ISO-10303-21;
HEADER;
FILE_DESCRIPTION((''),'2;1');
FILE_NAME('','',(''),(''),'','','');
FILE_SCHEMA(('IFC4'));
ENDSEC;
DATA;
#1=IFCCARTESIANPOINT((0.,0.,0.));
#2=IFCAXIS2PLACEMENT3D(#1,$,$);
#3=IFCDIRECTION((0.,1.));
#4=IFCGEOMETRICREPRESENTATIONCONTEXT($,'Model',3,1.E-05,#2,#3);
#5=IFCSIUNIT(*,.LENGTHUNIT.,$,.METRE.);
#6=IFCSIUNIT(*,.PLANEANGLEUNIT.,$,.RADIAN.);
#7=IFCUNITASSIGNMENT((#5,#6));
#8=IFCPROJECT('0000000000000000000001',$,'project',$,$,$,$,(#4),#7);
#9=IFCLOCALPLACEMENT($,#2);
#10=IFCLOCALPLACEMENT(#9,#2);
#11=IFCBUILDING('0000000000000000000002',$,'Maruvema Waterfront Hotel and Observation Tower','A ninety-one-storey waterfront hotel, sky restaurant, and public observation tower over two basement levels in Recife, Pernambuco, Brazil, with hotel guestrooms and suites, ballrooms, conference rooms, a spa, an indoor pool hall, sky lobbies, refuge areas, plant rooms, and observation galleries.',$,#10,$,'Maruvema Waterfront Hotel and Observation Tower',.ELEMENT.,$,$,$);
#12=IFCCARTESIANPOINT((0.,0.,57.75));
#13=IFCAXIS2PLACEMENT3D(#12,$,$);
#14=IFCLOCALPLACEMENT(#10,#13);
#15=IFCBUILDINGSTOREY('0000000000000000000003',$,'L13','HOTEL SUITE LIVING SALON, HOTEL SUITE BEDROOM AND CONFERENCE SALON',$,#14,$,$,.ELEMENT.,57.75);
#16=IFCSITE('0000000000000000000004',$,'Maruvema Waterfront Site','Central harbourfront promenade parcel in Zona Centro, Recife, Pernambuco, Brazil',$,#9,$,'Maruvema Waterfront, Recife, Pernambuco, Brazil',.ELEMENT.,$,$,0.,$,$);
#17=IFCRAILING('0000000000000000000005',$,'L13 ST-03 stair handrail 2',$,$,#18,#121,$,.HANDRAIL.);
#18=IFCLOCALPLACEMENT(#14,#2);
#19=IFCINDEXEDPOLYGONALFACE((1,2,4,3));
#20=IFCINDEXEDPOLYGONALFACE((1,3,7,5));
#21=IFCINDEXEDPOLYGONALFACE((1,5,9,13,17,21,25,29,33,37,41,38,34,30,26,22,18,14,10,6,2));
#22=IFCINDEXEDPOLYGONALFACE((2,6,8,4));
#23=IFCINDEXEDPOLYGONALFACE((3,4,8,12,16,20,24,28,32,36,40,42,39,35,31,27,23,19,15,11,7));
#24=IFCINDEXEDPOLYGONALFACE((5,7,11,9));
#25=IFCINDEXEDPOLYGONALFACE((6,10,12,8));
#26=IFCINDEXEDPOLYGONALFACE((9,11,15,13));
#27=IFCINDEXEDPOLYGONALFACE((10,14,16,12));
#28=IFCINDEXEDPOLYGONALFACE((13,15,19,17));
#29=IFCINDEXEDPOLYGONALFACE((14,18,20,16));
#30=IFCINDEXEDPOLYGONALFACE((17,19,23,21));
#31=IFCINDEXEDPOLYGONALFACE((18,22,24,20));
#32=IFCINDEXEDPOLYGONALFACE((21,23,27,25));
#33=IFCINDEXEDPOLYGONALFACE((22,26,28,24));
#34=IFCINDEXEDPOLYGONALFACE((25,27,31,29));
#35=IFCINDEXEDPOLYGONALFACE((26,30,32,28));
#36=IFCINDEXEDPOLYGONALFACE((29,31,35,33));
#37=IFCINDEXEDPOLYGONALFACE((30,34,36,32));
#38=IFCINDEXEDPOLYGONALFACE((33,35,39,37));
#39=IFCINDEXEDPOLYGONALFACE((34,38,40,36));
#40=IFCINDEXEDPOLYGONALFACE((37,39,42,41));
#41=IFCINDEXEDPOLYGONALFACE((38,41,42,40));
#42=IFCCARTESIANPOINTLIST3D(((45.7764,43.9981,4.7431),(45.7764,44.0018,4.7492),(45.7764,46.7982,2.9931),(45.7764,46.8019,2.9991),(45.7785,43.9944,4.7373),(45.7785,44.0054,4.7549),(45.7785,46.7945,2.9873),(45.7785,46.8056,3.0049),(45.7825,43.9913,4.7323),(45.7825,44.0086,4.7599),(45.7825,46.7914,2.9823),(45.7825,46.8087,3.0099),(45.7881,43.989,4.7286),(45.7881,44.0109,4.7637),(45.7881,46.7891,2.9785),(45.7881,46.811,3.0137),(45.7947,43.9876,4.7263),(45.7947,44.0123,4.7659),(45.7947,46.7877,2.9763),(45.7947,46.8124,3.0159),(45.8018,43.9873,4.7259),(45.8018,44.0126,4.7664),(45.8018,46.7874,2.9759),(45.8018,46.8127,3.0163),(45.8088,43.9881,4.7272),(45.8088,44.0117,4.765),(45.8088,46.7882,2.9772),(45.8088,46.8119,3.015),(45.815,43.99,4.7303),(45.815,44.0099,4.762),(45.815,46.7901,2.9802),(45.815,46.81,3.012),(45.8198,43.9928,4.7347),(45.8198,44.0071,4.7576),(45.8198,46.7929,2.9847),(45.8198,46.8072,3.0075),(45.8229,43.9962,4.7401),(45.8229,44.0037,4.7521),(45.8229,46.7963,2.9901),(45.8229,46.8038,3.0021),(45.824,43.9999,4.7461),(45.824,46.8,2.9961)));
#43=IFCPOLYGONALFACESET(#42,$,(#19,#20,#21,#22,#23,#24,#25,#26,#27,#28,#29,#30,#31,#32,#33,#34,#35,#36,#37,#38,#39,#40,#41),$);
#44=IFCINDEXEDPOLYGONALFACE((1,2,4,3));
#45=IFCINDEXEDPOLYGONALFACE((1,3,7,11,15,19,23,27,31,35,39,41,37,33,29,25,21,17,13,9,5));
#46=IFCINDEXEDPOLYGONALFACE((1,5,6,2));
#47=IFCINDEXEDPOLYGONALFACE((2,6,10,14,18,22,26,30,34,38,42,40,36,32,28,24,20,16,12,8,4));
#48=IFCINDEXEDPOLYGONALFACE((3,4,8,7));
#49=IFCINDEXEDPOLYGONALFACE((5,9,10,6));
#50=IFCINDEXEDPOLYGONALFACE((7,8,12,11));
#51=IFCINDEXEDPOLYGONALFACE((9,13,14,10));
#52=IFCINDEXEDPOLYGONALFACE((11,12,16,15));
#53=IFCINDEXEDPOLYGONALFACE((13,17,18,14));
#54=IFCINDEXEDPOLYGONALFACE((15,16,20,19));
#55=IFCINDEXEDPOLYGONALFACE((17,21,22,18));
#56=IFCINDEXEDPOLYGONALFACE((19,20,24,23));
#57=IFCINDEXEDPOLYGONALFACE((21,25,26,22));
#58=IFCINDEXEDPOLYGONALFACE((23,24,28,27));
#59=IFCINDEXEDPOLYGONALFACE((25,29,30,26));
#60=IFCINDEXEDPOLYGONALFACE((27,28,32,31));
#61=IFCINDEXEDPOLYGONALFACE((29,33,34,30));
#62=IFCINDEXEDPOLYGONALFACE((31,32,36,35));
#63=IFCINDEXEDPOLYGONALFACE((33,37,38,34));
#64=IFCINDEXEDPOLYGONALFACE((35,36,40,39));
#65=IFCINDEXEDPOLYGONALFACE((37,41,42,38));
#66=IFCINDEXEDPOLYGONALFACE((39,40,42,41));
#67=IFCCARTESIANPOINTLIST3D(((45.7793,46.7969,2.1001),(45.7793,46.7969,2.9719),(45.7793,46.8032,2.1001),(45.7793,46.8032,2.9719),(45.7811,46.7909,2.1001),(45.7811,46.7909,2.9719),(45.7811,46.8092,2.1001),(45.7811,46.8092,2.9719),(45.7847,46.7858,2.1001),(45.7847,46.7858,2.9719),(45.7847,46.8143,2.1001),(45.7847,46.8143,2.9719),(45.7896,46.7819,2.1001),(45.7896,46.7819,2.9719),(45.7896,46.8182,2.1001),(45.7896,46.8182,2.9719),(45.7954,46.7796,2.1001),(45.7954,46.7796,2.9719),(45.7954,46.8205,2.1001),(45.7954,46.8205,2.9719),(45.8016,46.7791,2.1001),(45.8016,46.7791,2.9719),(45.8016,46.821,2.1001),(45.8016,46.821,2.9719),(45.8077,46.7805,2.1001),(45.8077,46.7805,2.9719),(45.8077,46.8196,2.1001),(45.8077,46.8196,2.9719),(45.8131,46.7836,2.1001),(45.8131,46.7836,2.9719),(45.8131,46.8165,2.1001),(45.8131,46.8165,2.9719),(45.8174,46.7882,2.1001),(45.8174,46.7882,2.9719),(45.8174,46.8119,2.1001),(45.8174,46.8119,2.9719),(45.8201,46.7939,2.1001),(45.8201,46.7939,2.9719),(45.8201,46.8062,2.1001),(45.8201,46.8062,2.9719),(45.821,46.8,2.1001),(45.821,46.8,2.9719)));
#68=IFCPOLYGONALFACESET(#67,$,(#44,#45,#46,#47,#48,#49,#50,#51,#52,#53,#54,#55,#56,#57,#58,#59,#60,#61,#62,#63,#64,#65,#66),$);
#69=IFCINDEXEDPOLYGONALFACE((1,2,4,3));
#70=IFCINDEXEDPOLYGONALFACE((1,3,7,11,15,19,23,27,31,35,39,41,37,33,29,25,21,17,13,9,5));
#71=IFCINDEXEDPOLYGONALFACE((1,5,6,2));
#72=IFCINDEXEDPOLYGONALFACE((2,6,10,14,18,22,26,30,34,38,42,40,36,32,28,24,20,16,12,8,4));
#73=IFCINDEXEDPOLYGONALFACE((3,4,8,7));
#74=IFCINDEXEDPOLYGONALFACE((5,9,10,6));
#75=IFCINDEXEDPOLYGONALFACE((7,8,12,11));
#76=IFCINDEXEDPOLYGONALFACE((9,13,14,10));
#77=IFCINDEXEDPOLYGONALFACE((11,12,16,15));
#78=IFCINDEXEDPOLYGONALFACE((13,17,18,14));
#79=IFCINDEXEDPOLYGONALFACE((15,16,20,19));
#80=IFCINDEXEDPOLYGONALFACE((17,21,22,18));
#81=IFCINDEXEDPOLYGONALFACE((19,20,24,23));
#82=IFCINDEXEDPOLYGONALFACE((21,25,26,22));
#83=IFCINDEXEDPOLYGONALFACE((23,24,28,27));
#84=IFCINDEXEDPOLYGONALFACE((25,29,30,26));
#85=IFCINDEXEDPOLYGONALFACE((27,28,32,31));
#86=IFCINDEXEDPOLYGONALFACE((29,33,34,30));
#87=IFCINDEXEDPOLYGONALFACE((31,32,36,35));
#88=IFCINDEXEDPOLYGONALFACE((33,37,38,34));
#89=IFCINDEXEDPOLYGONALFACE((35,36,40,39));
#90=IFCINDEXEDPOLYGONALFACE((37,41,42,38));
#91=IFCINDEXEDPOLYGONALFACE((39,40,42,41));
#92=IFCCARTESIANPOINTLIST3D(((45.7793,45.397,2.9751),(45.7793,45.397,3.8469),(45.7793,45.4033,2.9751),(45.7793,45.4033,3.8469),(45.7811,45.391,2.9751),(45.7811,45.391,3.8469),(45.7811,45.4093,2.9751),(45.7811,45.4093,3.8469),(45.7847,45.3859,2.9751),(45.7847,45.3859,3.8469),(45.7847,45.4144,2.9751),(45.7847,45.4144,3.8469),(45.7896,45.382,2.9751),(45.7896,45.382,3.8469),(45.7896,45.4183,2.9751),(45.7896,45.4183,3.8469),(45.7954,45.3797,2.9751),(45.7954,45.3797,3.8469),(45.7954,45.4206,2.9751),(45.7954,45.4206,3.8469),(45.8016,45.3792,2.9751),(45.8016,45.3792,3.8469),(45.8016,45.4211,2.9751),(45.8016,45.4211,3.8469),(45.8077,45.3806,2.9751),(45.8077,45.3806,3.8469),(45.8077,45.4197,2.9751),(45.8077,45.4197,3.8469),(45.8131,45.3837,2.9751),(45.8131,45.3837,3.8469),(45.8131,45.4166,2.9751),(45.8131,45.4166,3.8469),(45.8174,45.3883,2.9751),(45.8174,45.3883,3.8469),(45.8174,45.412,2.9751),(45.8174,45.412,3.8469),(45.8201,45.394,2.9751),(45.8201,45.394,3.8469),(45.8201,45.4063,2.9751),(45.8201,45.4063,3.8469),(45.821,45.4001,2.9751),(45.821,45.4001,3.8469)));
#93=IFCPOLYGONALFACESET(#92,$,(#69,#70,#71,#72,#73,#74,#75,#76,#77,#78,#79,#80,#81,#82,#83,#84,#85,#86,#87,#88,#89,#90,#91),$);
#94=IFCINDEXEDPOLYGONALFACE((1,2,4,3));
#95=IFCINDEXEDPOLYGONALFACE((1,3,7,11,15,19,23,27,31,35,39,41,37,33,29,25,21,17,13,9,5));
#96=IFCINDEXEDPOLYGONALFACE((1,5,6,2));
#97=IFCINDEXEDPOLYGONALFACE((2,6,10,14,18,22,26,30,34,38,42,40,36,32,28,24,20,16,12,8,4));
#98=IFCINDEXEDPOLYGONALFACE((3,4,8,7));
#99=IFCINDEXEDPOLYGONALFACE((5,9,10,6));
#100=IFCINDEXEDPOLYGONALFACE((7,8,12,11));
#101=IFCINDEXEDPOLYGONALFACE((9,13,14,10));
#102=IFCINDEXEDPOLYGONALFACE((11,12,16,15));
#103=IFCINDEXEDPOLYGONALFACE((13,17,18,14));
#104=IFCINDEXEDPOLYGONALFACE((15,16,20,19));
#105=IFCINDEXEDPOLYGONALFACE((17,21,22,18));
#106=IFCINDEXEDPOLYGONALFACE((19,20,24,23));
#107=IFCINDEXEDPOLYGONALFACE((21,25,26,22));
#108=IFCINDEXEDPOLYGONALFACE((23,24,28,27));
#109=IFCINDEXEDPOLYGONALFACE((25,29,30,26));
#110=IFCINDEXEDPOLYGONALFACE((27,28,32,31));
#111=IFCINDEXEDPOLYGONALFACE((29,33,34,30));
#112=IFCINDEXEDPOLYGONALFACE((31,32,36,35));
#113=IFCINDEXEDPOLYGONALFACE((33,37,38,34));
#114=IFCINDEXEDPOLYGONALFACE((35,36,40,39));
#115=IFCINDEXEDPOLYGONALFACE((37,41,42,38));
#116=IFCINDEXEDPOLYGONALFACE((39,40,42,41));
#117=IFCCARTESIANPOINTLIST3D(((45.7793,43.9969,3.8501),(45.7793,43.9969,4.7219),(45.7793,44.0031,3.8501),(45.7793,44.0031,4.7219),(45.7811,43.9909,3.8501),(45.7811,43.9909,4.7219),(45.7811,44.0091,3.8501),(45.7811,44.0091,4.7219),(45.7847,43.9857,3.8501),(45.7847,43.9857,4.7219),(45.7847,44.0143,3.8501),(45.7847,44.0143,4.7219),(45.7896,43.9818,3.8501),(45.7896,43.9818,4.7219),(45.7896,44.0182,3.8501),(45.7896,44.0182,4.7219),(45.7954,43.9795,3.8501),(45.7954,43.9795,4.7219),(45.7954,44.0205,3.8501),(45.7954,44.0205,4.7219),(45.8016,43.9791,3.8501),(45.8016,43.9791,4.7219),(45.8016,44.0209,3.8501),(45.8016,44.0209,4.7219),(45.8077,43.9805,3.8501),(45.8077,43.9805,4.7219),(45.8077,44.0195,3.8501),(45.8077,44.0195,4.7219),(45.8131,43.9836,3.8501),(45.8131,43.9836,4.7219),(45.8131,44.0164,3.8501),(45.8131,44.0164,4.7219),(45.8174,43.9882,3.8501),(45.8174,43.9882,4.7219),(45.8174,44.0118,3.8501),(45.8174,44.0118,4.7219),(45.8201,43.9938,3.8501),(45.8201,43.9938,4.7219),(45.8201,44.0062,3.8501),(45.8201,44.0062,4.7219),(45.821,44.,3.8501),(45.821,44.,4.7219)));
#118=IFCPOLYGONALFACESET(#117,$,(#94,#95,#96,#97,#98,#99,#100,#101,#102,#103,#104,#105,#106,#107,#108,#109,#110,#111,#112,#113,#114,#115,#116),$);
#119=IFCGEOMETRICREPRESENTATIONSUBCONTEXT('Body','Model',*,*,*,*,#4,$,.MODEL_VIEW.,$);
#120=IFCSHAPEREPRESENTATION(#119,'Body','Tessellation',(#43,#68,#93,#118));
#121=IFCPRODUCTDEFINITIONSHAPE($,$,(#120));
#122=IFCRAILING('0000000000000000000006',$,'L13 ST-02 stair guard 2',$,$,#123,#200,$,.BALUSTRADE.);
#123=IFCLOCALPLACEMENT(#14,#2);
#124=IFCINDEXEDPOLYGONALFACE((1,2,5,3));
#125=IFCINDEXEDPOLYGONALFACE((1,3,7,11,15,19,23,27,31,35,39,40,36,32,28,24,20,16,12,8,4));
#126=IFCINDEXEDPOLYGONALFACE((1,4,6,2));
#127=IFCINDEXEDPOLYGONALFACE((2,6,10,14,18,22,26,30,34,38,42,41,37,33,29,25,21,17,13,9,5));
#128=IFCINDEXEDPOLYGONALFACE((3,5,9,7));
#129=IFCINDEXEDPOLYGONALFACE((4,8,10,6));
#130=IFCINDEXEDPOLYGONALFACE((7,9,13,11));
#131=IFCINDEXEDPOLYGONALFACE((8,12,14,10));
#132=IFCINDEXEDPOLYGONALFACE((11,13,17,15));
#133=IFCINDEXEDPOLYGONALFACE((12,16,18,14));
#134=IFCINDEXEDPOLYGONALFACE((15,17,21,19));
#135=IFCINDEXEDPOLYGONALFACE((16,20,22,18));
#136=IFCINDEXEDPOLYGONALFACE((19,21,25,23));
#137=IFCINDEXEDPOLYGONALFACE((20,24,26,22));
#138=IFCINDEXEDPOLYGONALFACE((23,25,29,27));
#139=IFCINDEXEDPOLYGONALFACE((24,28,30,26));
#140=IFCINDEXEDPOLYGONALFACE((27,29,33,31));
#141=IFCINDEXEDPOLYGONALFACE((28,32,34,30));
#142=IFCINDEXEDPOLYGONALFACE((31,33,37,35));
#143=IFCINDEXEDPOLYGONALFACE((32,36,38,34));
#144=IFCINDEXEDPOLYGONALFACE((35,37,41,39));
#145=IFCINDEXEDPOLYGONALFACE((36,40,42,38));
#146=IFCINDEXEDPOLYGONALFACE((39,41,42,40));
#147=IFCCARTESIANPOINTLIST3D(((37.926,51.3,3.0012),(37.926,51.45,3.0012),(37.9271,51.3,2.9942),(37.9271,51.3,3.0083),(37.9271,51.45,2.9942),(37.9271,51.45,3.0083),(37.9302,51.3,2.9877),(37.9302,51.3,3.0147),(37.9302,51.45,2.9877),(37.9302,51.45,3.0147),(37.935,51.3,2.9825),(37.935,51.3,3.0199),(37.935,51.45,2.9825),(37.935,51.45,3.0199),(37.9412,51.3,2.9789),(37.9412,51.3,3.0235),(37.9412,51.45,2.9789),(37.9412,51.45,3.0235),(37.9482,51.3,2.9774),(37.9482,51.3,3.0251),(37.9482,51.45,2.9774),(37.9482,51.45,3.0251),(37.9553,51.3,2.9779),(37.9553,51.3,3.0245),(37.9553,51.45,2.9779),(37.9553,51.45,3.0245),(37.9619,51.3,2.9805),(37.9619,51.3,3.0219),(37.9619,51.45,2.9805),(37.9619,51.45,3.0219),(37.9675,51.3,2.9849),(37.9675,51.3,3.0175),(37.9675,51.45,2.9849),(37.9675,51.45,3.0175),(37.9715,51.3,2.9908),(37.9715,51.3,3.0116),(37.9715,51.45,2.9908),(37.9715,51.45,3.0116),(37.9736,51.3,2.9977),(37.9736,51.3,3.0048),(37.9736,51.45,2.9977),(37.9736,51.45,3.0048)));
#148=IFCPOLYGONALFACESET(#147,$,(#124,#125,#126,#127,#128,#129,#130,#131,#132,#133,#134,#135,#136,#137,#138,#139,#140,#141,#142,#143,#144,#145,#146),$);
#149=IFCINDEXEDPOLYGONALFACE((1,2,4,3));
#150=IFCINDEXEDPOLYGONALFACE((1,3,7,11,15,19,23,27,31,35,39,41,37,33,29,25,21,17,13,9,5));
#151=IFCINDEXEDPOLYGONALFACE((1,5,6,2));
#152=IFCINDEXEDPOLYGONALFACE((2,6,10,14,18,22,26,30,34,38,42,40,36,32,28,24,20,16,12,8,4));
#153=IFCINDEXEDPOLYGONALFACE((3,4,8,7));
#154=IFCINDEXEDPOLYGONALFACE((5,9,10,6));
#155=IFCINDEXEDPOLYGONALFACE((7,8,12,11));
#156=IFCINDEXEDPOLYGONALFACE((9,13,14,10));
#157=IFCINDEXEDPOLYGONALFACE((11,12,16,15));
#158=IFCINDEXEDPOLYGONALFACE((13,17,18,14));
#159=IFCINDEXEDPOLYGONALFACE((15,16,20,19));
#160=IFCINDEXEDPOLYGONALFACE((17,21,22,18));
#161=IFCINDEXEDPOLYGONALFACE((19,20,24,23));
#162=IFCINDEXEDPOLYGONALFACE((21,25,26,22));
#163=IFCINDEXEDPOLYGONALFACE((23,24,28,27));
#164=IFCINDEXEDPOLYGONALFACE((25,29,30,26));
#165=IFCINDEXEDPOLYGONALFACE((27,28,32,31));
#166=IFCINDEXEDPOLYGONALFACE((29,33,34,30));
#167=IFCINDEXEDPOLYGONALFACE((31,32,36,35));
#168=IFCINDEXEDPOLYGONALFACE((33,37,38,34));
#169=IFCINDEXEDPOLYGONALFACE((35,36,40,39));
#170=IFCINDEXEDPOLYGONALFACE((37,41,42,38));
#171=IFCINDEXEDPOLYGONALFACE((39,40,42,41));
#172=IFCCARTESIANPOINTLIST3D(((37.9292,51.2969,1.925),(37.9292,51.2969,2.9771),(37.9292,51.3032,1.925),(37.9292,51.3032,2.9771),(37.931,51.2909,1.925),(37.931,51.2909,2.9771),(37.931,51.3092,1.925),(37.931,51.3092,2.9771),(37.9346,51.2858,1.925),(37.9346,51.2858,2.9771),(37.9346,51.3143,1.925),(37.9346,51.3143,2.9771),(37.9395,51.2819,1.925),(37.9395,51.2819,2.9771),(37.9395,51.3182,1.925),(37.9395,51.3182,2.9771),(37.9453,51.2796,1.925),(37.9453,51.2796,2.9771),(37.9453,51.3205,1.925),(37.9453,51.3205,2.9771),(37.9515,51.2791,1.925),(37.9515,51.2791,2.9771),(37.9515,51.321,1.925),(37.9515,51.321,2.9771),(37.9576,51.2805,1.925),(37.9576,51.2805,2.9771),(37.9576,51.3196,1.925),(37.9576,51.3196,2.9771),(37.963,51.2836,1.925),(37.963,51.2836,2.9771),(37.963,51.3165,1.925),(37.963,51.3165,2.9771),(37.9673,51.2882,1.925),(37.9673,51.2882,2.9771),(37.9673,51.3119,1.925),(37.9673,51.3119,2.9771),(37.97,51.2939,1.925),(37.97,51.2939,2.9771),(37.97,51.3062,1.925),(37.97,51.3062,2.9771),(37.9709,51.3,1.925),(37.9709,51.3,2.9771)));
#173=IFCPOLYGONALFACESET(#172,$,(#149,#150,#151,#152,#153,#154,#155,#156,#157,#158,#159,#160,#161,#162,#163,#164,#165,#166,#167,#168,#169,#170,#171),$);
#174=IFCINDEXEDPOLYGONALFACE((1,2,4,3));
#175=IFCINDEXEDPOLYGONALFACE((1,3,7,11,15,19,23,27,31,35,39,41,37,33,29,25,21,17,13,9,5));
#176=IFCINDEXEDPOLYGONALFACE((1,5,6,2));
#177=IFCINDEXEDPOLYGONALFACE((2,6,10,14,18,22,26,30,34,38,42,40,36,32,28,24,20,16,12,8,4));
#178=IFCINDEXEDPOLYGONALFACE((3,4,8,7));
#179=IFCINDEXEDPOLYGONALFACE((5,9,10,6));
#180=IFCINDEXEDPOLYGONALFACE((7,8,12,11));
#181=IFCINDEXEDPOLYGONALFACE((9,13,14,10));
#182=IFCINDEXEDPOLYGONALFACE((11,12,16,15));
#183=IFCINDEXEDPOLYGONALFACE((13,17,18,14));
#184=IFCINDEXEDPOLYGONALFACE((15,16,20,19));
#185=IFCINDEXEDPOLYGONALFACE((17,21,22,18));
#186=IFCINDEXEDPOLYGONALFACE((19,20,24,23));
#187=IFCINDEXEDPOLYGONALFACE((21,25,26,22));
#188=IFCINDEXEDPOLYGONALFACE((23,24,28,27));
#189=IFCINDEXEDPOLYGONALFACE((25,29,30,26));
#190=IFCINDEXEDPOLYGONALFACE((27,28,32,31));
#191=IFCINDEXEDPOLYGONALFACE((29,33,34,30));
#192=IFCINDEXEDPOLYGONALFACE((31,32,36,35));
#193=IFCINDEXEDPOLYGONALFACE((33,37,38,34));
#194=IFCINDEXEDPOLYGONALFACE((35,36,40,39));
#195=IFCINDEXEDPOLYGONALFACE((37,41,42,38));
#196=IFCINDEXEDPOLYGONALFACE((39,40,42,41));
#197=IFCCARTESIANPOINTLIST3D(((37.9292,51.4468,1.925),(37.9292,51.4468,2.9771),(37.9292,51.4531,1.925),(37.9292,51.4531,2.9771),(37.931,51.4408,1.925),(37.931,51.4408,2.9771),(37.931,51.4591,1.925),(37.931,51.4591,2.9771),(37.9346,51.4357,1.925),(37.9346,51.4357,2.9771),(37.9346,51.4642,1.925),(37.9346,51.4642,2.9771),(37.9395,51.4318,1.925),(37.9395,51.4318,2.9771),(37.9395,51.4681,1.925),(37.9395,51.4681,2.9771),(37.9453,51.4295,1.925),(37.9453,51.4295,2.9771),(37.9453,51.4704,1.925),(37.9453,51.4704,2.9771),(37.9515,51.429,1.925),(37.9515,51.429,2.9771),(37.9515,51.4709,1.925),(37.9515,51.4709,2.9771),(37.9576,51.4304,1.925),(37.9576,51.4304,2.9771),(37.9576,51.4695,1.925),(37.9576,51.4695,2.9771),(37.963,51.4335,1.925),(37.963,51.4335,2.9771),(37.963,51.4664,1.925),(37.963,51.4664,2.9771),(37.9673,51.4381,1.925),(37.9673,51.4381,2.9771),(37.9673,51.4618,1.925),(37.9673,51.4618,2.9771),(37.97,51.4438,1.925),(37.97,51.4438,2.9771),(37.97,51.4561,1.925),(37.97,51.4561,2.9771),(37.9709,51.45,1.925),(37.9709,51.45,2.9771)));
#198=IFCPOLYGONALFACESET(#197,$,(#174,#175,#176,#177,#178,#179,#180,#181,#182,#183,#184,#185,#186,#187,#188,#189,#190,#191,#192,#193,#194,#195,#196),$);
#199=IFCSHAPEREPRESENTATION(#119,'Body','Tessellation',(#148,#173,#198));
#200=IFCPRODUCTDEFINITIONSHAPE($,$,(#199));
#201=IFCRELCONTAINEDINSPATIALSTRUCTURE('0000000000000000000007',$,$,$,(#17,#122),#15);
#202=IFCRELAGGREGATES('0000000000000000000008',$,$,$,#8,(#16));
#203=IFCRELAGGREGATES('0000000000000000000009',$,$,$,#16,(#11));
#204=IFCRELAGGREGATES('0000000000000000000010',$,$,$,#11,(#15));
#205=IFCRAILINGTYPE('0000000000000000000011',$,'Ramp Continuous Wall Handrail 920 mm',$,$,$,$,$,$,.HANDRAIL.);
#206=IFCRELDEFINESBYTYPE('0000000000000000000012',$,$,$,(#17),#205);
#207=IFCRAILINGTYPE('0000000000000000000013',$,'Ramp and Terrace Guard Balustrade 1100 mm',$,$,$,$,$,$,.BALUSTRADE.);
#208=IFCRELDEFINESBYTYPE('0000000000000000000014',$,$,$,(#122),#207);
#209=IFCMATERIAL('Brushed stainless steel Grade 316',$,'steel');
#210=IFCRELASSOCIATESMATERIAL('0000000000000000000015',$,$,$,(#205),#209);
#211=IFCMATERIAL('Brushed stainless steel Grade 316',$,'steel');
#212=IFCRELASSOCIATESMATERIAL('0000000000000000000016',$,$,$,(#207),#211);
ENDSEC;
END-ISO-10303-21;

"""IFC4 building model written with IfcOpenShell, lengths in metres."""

from ifc_helpers import new_model, si_unit, direction, frame, origin, origin_2d, place, context, subcontext, project, spatial, circle, extrude, material, type_object, element, save


model = new_model("IFC4")

# Units and contexts
model_context = context("Model", 3, precision=1e-05, world=origin(), true_north=direction((0.0, 1.0)))
body_context = subcontext(model_context, "Body", "Model", "MODEL_VIEW")
ifc_project = project(units=[si_unit("LENGTHUNIT", "METRE"), si_unit("PLANEANGLEUNIT", "RADIAN")], contexts=[model_context])

# Site, building, storey
site_placement = place(None, origin())
site = spatial("IfcSite", under=ifc_project, at=site_placement, Name="Maruvema Waterfront Site", Description="Central harbourfront promenade parcel in Zona Centro, Recife, Pernambuco, Brazil", LongName="Maruvema Waterfront, Recife, Pernambuco, Brazil", CompositionType="ELEMENT", RefElevation=0.0)
building_placement = place(site_placement, origin())
building = spatial("IfcBuilding", under=site, at=building_placement, Name="Maruvema Waterfront Hotel and Observation Tower", Description="A ninety-one-storey waterfront hotel, sky restaurant, and public observation tower over two basement levels in Recife, Pernambuco, Brazil, with hotel guestrooms and suites, ballrooms, conference rooms, a spa, an indoor pool hall, sky lobbies, refuge areas, plant rooms, and observation galleries.", LongName="Maruvema Waterfront Hotel and Observation Tower", CompositionType="ELEMENT")
storey_placement = place(building_placement, frame((0.0, 0.0, 57.75)))
storey = spatial("IfcBuildingStorey", under=building, at=storey_placement, Name="L13", Description="HOTEL SUITE LIVING SALON, HOTEL SUITE BEDROOM AND CONFERENCE SALON", CompositionType="ELEMENT", Elevation=57.75)

# Railings
ifc_material_1 = material(Name="Brushed stainless steel Grade 316", Category="steel")
railing_type_1 = type_object("IfcRailingType", Name="Ramp Continuous Wall Handrail 920 mm", PredefinedType="HANDRAIL", material=ifc_material_1)
railing_1_placement = place(storey_placement, frame((45.8, 46.8, 2.1001)))
element("IfcRailing", 1, at=railing_1_placement, inside=storey, type_object=railing_type_1, Name="L13 ST-03 stair handrail 2", PredefinedType="HANDRAIL", context=body_context, shape_type="SweptSolid", body=[
    extrude(circle(Radius=0.0239, at=origin_2d()), frame((0.0, 0.0, 0.896), z_axis=(0.0, -0.848002, 0.529992), x_axis=(1.0, 0.0, 0.0)), (0.0, 0.0, 1.0), 3.302),
    extrude(circle(Radius=0.021, at=origin_2d()), origin(), (0.0, 0.0, 1.0), 0.8718),
    extrude(circle(Radius=0.021, at=origin_2d()), frame((0.0, -1.3999, 0.875)), (0.0, 0.0, 1.0), 0.8718),
    extrude(circle(Radius=0.021, at=origin_2d()), frame((0.0, -2.8, 1.75)), (0.0, 0.0, 1.0), 0.8718),
])
ifc_material_2 = material(Name="Brushed stainless steel Grade 316", Category="steel")
railing_type_2 = type_object("IfcRailingType", Name="Ramp and Terrace Guard Balustrade 1100 mm", PredefinedType="BALUSTRADE", material=ifc_material_2)
railing_2_placement = place(storey_placement, frame((37.95, 51.3, 1.925)))
element("IfcRailing", 2, at=railing_2_placement, inside=storey, type_object=railing_type_2, Name="L13 ST-02 stair guard 2", PredefinedType="BALUSTRADE", context=body_context, shape_type="SweptSolid", body=[
    extrude(circle(Radius=0.0239, at=origin_2d()), frame((0.0, 0.0, 1.0762), z_axis=(0.0, 1.0, 0.0), x_axis=(-1.0, 0.0, 0.0)), (0.0, 0.0, 1.0), 0.1499),
    extrude(circle(Radius=0.021, at=origin_2d()), origin(), (0.0, 0.0, 1.0), 1.052),
    extrude(circle(Radius=0.021, at=origin_2d()), frame((0.0, 0.1499, 0.0)), (0.0, 0.0, 1.0), 1.052),
])

save(model, "model.ifc")
